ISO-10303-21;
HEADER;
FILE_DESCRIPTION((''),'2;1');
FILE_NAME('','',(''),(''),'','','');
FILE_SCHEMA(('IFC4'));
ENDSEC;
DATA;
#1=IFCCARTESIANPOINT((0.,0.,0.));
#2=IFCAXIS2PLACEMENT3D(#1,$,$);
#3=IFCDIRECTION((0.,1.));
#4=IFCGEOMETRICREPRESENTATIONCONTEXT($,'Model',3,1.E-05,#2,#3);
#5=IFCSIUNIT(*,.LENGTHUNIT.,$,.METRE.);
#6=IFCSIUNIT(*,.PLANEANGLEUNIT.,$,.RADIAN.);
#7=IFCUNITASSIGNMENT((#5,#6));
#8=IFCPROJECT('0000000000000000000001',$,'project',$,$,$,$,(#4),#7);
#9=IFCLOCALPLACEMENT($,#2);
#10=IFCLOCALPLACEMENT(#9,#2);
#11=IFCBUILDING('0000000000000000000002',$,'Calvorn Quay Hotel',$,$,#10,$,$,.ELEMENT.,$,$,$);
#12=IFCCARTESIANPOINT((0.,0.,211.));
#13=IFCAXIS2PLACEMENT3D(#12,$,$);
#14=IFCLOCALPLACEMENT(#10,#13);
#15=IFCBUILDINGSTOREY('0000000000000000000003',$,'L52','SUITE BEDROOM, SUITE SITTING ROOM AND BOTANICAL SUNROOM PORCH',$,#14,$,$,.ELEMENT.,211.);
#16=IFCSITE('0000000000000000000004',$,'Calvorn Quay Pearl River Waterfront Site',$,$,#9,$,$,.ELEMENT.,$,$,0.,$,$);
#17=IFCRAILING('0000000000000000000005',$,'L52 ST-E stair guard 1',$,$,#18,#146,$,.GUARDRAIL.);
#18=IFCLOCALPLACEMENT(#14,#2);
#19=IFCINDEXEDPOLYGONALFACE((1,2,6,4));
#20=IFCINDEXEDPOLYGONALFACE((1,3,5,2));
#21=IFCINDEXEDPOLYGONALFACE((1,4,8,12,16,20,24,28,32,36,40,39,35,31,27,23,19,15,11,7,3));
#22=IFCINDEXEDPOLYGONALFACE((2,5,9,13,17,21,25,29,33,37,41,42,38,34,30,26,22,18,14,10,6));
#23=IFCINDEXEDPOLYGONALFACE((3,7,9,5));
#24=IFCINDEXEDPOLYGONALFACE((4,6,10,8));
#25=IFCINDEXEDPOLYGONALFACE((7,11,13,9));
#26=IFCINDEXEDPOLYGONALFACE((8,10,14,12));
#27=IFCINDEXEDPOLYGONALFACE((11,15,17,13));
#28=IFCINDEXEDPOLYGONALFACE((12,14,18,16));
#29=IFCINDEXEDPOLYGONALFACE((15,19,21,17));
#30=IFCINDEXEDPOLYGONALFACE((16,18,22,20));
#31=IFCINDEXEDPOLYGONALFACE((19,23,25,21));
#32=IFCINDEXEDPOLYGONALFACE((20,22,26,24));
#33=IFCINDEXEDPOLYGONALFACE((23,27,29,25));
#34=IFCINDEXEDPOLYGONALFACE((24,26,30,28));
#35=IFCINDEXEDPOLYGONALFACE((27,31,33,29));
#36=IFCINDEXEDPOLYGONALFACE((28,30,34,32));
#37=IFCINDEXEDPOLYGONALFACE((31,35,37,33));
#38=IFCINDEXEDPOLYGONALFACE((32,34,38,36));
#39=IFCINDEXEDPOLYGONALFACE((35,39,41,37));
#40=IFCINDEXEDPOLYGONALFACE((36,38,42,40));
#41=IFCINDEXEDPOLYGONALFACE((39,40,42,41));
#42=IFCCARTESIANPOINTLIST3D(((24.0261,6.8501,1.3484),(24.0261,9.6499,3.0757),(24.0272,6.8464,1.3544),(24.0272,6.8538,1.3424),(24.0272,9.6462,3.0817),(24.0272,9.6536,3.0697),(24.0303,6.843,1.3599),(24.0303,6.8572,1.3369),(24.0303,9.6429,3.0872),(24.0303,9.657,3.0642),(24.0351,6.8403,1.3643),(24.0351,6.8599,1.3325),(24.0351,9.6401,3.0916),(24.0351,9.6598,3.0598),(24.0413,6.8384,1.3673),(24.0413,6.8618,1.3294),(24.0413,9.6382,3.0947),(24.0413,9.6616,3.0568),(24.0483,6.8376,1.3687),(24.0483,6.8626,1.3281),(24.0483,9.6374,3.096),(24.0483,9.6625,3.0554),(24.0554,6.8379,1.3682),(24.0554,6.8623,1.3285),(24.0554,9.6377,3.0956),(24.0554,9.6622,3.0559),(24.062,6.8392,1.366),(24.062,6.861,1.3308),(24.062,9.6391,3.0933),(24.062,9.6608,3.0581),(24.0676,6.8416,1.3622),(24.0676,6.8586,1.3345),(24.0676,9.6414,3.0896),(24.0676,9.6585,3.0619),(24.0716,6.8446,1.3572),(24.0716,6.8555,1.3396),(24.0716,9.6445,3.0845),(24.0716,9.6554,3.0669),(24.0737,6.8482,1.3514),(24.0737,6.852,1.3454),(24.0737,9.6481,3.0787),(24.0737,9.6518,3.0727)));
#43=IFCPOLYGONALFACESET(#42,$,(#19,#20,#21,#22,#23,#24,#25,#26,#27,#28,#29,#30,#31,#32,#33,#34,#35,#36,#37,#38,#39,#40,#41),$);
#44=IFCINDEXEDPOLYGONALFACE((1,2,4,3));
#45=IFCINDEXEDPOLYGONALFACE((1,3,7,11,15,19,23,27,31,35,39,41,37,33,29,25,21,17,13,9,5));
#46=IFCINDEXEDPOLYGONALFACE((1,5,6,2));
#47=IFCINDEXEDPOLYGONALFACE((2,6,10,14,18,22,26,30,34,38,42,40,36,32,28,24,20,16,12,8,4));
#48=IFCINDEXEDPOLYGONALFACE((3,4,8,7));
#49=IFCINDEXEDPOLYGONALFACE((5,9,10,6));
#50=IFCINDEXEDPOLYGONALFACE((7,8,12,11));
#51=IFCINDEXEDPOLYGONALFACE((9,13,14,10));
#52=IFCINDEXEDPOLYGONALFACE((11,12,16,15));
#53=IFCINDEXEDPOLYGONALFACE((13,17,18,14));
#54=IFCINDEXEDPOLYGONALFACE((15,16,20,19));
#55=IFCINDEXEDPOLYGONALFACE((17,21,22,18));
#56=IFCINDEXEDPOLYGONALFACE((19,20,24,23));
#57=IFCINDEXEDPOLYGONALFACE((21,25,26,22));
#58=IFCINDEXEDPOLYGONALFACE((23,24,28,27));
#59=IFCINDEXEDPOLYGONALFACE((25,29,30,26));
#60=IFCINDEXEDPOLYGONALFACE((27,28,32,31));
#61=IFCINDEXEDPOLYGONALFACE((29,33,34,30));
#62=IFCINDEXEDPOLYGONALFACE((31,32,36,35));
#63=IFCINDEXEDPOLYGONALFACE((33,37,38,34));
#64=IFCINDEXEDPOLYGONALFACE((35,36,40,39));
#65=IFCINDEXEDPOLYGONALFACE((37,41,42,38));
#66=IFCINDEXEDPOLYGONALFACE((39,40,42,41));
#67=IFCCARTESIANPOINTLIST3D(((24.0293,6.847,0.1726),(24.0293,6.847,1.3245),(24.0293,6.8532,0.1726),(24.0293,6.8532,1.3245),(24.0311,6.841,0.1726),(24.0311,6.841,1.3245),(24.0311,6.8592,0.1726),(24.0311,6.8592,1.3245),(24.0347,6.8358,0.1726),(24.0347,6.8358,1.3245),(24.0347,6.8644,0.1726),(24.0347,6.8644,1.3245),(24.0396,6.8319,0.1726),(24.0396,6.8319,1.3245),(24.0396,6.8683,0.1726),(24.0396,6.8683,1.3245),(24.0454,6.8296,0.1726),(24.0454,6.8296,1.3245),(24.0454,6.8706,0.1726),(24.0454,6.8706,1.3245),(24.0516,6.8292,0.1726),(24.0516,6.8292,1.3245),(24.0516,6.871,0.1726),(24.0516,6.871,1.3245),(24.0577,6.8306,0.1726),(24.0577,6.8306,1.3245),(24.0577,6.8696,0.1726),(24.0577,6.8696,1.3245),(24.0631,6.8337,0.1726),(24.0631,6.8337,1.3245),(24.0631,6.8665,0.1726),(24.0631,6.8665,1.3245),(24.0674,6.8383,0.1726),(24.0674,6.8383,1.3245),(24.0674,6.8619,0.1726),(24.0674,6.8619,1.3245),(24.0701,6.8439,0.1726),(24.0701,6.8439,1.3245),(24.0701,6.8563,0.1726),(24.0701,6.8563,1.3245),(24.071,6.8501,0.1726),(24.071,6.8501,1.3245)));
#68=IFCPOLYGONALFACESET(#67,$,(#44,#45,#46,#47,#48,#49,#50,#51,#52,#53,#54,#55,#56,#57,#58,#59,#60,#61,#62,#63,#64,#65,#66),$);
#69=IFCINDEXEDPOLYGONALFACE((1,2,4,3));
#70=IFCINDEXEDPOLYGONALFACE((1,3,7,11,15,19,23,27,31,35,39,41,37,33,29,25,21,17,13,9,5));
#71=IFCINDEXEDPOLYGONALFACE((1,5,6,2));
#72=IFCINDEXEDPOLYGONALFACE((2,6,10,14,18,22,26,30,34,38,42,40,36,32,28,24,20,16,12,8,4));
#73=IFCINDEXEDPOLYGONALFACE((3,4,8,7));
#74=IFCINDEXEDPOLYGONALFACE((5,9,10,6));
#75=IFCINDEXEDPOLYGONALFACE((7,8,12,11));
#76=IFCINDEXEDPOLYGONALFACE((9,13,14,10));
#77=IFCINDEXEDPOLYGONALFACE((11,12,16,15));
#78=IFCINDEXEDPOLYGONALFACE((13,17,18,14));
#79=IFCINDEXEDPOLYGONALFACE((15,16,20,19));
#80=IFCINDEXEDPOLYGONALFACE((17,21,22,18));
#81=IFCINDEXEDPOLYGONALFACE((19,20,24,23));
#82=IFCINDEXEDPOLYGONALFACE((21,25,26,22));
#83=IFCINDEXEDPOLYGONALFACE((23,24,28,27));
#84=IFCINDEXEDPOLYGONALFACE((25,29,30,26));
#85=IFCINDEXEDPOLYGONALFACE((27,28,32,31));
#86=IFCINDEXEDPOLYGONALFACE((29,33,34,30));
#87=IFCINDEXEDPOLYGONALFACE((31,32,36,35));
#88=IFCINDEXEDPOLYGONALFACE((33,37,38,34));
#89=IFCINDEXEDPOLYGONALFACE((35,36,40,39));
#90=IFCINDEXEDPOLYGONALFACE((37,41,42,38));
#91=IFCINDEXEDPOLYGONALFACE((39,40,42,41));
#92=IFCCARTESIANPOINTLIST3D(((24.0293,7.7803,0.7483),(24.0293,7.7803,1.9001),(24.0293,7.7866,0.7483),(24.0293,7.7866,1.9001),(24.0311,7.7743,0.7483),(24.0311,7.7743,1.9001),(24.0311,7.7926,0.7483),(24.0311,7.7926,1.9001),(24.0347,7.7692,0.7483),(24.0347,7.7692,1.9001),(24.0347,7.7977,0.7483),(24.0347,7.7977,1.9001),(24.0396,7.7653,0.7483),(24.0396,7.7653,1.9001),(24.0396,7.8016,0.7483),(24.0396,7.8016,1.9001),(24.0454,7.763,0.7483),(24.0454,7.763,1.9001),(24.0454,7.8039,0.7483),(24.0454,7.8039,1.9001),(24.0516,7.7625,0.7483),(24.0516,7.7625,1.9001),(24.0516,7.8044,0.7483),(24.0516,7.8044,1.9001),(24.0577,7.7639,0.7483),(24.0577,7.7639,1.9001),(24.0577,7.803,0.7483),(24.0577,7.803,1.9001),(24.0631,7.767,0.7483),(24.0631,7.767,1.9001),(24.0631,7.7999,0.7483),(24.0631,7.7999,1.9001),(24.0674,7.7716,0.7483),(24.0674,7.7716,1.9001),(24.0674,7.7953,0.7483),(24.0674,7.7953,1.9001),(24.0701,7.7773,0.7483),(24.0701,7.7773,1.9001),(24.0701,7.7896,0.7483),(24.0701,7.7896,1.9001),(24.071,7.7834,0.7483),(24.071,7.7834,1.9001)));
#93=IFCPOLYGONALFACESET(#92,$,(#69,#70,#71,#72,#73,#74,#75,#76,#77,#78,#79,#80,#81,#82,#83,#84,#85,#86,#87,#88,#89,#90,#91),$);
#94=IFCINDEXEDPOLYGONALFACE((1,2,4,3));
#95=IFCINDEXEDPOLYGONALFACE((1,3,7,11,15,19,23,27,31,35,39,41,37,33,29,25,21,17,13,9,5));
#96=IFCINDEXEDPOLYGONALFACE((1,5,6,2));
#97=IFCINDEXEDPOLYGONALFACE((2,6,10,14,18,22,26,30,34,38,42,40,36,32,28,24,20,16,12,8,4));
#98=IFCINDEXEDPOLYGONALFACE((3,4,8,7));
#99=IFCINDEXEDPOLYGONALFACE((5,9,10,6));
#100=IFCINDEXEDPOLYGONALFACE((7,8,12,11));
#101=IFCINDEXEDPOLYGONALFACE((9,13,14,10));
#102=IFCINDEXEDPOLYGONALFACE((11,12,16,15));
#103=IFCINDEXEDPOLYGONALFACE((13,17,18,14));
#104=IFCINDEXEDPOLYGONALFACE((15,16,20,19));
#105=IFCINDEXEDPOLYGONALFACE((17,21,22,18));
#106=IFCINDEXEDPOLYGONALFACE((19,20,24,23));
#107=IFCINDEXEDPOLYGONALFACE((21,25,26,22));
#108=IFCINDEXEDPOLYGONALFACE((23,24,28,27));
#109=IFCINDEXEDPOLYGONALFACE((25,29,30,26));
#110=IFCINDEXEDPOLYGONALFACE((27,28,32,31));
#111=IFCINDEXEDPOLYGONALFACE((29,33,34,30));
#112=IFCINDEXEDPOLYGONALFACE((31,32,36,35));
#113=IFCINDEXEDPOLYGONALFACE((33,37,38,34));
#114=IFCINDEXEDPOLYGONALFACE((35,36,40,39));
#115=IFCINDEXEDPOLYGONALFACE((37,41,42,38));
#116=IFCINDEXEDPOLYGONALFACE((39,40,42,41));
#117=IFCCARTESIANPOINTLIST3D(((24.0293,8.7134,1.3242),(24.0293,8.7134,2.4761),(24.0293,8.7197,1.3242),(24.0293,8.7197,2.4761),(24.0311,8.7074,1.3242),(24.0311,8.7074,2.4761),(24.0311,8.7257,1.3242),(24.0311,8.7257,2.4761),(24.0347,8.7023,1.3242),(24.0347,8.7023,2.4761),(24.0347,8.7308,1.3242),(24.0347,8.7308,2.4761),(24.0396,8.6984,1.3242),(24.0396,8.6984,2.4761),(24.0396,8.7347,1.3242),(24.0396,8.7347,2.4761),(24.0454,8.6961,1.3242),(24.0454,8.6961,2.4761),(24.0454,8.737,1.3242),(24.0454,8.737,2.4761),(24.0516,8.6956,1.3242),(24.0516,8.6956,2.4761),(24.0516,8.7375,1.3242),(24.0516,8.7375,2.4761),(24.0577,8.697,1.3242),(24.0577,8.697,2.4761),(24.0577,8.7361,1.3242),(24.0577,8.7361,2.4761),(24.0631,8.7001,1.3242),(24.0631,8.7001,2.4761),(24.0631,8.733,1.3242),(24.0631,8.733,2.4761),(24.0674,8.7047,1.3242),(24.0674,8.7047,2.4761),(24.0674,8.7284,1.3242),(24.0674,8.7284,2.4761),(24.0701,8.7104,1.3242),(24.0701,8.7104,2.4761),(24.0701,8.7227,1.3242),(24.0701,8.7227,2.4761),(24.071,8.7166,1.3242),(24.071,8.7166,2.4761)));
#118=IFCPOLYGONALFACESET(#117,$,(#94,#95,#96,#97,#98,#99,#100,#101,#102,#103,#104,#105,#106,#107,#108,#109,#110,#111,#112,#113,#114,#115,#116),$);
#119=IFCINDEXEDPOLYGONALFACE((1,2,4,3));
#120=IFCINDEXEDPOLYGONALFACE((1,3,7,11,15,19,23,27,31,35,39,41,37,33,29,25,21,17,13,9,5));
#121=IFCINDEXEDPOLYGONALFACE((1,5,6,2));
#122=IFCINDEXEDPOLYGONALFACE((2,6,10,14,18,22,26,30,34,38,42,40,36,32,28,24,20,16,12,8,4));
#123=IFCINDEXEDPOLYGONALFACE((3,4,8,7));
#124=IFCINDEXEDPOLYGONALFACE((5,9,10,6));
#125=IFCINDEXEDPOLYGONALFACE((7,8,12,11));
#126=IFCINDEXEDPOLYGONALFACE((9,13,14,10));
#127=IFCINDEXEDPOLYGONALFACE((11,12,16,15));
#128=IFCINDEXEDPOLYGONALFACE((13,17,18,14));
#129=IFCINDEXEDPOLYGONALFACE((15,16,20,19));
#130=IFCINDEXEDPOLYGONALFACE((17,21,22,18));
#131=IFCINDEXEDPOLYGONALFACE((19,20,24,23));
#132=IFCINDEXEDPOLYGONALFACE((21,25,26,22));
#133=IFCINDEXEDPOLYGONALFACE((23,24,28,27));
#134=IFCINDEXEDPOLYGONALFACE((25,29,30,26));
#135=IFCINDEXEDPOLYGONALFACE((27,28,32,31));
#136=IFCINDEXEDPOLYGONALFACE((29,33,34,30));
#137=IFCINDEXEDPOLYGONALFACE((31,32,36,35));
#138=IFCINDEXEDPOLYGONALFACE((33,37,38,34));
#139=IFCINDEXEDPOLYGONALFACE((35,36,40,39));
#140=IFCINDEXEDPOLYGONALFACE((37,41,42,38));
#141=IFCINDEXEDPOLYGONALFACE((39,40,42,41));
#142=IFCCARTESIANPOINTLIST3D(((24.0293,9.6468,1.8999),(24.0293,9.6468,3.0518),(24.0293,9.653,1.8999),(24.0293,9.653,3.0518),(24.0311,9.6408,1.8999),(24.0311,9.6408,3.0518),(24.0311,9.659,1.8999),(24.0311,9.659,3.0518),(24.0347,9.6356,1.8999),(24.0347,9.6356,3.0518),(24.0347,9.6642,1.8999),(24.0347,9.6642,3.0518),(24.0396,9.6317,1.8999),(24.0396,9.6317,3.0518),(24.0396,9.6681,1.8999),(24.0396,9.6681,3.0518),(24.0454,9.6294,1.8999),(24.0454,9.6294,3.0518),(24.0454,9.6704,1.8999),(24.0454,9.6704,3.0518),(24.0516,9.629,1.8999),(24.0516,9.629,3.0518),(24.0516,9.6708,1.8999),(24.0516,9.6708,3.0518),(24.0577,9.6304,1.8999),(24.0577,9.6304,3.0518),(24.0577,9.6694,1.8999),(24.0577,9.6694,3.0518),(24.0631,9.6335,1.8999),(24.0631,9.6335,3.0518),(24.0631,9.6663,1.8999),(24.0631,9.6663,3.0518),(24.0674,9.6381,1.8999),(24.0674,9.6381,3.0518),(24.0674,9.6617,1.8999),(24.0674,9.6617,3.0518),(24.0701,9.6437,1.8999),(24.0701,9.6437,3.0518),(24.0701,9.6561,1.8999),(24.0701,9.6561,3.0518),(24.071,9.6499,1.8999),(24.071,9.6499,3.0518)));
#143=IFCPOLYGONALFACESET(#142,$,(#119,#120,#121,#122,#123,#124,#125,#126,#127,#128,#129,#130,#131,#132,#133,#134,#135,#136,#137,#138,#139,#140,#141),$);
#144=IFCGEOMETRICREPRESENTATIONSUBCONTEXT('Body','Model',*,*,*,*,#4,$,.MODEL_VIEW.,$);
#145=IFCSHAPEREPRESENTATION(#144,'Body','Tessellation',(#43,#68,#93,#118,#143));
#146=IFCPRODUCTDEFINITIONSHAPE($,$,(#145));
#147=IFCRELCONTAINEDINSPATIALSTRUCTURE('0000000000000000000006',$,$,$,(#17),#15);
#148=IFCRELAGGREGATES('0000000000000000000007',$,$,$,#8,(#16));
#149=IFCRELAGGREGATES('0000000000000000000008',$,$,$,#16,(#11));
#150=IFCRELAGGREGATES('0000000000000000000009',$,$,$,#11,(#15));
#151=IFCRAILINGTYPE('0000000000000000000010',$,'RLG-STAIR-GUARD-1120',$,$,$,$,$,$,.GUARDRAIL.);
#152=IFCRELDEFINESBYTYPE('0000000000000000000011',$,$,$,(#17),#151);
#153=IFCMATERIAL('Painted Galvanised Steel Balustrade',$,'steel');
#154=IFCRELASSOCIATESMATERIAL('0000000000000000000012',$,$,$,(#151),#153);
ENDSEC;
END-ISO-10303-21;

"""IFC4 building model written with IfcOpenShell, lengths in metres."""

from ifc_helpers import new_model, si_unit, direction, frame, origin, origin_2d, place, context, subcontext, project, spatial, circle, extrude, material, type_object, element, save


model = new_model("IFC4")

# Units and contexts
model_context = context("Model", 3, precision=1e-05, world=origin(), true_north=direction((0.0, 1.0)))
body_context = subcontext(model_context, "Body", "Model", "MODEL_VIEW")
ifc_project = project(units=[si_unit("LENGTHUNIT", "METRE"), si_unit("PLANEANGLEUNIT", "RADIAN")], contexts=[model_context])

# Site, building, storey
site_placement = place(None, origin())
site = spatial("IfcSite", under=ifc_project, at=site_placement, Name="Calvorn Quay Pearl River Waterfront Site", CompositionType="ELEMENT", RefElevation=0.0)
building_placement = place(site_placement, origin())
building = spatial("IfcBuilding", under=site, at=building_placement, Name="Calvorn Quay Hotel", CompositionType="ELEMENT")
storey_placement = place(building_placement, frame((0.0, 0.0, 211.0)))
storey = spatial("IfcBuildingStorey", under=building, at=storey_placement, Name="L52", Description="SUITE BEDROOM, SUITE SITTING ROOM AND BOTANICAL SUNROOM PORCH", CompositionType="ELEMENT", Elevation=211.0)

# Railing
ifc_material_1 = material(Name="Painted Galvanised Steel Balustrade", Category="steel")
railing_type_1 = type_object("IfcRailingType", Name="RLG-STAIR-GUARD-1120", PredefinedType="GUARDRAIL", material=ifc_material_1)
railing_1_placement = place(storey_placement, frame((24.05, 6.8501, 0.1726)))
element("IfcRailing", 1, at=railing_1_placement, inside=storey, type_object=railing_type_1, Name="L52 ST-E stair guard 1", PredefinedType="GUARDRAIL", context=body_context, shape_type="SweptSolid", body=[
    extrude(circle(Radius=0.0239, at=origin_2d()), frame((0.0, 0.0, 1.1758), z_axis=(0.0, 0.851069, 0.525054), x_axis=(-1.0, 0.0, 0.0)), (0.0, 0.0, 1.0), 3.2898),
    extrude(circle(Radius=0.021, at=origin_2d()), origin(), (0.0, 0.0, 1.0), 1.1519),
    extrude(circle(Radius=0.021, at=origin_2d()), frame((0.0, 0.9333, 0.5757)), (0.0, 0.0, 1.0), 1.1519),
    extrude(circle(Radius=0.021, at=origin_2d()), frame((0.0, 1.8665, 1.1516)), (0.0, 0.0, 1.0), 1.1519),
    extrude(circle(Radius=0.021, at=origin_2d()), frame((0.0, 2.7998, 1.7273)), (0.0, 0.0, 1.0), 1.1519),
])

save(model, "model.ifc")
